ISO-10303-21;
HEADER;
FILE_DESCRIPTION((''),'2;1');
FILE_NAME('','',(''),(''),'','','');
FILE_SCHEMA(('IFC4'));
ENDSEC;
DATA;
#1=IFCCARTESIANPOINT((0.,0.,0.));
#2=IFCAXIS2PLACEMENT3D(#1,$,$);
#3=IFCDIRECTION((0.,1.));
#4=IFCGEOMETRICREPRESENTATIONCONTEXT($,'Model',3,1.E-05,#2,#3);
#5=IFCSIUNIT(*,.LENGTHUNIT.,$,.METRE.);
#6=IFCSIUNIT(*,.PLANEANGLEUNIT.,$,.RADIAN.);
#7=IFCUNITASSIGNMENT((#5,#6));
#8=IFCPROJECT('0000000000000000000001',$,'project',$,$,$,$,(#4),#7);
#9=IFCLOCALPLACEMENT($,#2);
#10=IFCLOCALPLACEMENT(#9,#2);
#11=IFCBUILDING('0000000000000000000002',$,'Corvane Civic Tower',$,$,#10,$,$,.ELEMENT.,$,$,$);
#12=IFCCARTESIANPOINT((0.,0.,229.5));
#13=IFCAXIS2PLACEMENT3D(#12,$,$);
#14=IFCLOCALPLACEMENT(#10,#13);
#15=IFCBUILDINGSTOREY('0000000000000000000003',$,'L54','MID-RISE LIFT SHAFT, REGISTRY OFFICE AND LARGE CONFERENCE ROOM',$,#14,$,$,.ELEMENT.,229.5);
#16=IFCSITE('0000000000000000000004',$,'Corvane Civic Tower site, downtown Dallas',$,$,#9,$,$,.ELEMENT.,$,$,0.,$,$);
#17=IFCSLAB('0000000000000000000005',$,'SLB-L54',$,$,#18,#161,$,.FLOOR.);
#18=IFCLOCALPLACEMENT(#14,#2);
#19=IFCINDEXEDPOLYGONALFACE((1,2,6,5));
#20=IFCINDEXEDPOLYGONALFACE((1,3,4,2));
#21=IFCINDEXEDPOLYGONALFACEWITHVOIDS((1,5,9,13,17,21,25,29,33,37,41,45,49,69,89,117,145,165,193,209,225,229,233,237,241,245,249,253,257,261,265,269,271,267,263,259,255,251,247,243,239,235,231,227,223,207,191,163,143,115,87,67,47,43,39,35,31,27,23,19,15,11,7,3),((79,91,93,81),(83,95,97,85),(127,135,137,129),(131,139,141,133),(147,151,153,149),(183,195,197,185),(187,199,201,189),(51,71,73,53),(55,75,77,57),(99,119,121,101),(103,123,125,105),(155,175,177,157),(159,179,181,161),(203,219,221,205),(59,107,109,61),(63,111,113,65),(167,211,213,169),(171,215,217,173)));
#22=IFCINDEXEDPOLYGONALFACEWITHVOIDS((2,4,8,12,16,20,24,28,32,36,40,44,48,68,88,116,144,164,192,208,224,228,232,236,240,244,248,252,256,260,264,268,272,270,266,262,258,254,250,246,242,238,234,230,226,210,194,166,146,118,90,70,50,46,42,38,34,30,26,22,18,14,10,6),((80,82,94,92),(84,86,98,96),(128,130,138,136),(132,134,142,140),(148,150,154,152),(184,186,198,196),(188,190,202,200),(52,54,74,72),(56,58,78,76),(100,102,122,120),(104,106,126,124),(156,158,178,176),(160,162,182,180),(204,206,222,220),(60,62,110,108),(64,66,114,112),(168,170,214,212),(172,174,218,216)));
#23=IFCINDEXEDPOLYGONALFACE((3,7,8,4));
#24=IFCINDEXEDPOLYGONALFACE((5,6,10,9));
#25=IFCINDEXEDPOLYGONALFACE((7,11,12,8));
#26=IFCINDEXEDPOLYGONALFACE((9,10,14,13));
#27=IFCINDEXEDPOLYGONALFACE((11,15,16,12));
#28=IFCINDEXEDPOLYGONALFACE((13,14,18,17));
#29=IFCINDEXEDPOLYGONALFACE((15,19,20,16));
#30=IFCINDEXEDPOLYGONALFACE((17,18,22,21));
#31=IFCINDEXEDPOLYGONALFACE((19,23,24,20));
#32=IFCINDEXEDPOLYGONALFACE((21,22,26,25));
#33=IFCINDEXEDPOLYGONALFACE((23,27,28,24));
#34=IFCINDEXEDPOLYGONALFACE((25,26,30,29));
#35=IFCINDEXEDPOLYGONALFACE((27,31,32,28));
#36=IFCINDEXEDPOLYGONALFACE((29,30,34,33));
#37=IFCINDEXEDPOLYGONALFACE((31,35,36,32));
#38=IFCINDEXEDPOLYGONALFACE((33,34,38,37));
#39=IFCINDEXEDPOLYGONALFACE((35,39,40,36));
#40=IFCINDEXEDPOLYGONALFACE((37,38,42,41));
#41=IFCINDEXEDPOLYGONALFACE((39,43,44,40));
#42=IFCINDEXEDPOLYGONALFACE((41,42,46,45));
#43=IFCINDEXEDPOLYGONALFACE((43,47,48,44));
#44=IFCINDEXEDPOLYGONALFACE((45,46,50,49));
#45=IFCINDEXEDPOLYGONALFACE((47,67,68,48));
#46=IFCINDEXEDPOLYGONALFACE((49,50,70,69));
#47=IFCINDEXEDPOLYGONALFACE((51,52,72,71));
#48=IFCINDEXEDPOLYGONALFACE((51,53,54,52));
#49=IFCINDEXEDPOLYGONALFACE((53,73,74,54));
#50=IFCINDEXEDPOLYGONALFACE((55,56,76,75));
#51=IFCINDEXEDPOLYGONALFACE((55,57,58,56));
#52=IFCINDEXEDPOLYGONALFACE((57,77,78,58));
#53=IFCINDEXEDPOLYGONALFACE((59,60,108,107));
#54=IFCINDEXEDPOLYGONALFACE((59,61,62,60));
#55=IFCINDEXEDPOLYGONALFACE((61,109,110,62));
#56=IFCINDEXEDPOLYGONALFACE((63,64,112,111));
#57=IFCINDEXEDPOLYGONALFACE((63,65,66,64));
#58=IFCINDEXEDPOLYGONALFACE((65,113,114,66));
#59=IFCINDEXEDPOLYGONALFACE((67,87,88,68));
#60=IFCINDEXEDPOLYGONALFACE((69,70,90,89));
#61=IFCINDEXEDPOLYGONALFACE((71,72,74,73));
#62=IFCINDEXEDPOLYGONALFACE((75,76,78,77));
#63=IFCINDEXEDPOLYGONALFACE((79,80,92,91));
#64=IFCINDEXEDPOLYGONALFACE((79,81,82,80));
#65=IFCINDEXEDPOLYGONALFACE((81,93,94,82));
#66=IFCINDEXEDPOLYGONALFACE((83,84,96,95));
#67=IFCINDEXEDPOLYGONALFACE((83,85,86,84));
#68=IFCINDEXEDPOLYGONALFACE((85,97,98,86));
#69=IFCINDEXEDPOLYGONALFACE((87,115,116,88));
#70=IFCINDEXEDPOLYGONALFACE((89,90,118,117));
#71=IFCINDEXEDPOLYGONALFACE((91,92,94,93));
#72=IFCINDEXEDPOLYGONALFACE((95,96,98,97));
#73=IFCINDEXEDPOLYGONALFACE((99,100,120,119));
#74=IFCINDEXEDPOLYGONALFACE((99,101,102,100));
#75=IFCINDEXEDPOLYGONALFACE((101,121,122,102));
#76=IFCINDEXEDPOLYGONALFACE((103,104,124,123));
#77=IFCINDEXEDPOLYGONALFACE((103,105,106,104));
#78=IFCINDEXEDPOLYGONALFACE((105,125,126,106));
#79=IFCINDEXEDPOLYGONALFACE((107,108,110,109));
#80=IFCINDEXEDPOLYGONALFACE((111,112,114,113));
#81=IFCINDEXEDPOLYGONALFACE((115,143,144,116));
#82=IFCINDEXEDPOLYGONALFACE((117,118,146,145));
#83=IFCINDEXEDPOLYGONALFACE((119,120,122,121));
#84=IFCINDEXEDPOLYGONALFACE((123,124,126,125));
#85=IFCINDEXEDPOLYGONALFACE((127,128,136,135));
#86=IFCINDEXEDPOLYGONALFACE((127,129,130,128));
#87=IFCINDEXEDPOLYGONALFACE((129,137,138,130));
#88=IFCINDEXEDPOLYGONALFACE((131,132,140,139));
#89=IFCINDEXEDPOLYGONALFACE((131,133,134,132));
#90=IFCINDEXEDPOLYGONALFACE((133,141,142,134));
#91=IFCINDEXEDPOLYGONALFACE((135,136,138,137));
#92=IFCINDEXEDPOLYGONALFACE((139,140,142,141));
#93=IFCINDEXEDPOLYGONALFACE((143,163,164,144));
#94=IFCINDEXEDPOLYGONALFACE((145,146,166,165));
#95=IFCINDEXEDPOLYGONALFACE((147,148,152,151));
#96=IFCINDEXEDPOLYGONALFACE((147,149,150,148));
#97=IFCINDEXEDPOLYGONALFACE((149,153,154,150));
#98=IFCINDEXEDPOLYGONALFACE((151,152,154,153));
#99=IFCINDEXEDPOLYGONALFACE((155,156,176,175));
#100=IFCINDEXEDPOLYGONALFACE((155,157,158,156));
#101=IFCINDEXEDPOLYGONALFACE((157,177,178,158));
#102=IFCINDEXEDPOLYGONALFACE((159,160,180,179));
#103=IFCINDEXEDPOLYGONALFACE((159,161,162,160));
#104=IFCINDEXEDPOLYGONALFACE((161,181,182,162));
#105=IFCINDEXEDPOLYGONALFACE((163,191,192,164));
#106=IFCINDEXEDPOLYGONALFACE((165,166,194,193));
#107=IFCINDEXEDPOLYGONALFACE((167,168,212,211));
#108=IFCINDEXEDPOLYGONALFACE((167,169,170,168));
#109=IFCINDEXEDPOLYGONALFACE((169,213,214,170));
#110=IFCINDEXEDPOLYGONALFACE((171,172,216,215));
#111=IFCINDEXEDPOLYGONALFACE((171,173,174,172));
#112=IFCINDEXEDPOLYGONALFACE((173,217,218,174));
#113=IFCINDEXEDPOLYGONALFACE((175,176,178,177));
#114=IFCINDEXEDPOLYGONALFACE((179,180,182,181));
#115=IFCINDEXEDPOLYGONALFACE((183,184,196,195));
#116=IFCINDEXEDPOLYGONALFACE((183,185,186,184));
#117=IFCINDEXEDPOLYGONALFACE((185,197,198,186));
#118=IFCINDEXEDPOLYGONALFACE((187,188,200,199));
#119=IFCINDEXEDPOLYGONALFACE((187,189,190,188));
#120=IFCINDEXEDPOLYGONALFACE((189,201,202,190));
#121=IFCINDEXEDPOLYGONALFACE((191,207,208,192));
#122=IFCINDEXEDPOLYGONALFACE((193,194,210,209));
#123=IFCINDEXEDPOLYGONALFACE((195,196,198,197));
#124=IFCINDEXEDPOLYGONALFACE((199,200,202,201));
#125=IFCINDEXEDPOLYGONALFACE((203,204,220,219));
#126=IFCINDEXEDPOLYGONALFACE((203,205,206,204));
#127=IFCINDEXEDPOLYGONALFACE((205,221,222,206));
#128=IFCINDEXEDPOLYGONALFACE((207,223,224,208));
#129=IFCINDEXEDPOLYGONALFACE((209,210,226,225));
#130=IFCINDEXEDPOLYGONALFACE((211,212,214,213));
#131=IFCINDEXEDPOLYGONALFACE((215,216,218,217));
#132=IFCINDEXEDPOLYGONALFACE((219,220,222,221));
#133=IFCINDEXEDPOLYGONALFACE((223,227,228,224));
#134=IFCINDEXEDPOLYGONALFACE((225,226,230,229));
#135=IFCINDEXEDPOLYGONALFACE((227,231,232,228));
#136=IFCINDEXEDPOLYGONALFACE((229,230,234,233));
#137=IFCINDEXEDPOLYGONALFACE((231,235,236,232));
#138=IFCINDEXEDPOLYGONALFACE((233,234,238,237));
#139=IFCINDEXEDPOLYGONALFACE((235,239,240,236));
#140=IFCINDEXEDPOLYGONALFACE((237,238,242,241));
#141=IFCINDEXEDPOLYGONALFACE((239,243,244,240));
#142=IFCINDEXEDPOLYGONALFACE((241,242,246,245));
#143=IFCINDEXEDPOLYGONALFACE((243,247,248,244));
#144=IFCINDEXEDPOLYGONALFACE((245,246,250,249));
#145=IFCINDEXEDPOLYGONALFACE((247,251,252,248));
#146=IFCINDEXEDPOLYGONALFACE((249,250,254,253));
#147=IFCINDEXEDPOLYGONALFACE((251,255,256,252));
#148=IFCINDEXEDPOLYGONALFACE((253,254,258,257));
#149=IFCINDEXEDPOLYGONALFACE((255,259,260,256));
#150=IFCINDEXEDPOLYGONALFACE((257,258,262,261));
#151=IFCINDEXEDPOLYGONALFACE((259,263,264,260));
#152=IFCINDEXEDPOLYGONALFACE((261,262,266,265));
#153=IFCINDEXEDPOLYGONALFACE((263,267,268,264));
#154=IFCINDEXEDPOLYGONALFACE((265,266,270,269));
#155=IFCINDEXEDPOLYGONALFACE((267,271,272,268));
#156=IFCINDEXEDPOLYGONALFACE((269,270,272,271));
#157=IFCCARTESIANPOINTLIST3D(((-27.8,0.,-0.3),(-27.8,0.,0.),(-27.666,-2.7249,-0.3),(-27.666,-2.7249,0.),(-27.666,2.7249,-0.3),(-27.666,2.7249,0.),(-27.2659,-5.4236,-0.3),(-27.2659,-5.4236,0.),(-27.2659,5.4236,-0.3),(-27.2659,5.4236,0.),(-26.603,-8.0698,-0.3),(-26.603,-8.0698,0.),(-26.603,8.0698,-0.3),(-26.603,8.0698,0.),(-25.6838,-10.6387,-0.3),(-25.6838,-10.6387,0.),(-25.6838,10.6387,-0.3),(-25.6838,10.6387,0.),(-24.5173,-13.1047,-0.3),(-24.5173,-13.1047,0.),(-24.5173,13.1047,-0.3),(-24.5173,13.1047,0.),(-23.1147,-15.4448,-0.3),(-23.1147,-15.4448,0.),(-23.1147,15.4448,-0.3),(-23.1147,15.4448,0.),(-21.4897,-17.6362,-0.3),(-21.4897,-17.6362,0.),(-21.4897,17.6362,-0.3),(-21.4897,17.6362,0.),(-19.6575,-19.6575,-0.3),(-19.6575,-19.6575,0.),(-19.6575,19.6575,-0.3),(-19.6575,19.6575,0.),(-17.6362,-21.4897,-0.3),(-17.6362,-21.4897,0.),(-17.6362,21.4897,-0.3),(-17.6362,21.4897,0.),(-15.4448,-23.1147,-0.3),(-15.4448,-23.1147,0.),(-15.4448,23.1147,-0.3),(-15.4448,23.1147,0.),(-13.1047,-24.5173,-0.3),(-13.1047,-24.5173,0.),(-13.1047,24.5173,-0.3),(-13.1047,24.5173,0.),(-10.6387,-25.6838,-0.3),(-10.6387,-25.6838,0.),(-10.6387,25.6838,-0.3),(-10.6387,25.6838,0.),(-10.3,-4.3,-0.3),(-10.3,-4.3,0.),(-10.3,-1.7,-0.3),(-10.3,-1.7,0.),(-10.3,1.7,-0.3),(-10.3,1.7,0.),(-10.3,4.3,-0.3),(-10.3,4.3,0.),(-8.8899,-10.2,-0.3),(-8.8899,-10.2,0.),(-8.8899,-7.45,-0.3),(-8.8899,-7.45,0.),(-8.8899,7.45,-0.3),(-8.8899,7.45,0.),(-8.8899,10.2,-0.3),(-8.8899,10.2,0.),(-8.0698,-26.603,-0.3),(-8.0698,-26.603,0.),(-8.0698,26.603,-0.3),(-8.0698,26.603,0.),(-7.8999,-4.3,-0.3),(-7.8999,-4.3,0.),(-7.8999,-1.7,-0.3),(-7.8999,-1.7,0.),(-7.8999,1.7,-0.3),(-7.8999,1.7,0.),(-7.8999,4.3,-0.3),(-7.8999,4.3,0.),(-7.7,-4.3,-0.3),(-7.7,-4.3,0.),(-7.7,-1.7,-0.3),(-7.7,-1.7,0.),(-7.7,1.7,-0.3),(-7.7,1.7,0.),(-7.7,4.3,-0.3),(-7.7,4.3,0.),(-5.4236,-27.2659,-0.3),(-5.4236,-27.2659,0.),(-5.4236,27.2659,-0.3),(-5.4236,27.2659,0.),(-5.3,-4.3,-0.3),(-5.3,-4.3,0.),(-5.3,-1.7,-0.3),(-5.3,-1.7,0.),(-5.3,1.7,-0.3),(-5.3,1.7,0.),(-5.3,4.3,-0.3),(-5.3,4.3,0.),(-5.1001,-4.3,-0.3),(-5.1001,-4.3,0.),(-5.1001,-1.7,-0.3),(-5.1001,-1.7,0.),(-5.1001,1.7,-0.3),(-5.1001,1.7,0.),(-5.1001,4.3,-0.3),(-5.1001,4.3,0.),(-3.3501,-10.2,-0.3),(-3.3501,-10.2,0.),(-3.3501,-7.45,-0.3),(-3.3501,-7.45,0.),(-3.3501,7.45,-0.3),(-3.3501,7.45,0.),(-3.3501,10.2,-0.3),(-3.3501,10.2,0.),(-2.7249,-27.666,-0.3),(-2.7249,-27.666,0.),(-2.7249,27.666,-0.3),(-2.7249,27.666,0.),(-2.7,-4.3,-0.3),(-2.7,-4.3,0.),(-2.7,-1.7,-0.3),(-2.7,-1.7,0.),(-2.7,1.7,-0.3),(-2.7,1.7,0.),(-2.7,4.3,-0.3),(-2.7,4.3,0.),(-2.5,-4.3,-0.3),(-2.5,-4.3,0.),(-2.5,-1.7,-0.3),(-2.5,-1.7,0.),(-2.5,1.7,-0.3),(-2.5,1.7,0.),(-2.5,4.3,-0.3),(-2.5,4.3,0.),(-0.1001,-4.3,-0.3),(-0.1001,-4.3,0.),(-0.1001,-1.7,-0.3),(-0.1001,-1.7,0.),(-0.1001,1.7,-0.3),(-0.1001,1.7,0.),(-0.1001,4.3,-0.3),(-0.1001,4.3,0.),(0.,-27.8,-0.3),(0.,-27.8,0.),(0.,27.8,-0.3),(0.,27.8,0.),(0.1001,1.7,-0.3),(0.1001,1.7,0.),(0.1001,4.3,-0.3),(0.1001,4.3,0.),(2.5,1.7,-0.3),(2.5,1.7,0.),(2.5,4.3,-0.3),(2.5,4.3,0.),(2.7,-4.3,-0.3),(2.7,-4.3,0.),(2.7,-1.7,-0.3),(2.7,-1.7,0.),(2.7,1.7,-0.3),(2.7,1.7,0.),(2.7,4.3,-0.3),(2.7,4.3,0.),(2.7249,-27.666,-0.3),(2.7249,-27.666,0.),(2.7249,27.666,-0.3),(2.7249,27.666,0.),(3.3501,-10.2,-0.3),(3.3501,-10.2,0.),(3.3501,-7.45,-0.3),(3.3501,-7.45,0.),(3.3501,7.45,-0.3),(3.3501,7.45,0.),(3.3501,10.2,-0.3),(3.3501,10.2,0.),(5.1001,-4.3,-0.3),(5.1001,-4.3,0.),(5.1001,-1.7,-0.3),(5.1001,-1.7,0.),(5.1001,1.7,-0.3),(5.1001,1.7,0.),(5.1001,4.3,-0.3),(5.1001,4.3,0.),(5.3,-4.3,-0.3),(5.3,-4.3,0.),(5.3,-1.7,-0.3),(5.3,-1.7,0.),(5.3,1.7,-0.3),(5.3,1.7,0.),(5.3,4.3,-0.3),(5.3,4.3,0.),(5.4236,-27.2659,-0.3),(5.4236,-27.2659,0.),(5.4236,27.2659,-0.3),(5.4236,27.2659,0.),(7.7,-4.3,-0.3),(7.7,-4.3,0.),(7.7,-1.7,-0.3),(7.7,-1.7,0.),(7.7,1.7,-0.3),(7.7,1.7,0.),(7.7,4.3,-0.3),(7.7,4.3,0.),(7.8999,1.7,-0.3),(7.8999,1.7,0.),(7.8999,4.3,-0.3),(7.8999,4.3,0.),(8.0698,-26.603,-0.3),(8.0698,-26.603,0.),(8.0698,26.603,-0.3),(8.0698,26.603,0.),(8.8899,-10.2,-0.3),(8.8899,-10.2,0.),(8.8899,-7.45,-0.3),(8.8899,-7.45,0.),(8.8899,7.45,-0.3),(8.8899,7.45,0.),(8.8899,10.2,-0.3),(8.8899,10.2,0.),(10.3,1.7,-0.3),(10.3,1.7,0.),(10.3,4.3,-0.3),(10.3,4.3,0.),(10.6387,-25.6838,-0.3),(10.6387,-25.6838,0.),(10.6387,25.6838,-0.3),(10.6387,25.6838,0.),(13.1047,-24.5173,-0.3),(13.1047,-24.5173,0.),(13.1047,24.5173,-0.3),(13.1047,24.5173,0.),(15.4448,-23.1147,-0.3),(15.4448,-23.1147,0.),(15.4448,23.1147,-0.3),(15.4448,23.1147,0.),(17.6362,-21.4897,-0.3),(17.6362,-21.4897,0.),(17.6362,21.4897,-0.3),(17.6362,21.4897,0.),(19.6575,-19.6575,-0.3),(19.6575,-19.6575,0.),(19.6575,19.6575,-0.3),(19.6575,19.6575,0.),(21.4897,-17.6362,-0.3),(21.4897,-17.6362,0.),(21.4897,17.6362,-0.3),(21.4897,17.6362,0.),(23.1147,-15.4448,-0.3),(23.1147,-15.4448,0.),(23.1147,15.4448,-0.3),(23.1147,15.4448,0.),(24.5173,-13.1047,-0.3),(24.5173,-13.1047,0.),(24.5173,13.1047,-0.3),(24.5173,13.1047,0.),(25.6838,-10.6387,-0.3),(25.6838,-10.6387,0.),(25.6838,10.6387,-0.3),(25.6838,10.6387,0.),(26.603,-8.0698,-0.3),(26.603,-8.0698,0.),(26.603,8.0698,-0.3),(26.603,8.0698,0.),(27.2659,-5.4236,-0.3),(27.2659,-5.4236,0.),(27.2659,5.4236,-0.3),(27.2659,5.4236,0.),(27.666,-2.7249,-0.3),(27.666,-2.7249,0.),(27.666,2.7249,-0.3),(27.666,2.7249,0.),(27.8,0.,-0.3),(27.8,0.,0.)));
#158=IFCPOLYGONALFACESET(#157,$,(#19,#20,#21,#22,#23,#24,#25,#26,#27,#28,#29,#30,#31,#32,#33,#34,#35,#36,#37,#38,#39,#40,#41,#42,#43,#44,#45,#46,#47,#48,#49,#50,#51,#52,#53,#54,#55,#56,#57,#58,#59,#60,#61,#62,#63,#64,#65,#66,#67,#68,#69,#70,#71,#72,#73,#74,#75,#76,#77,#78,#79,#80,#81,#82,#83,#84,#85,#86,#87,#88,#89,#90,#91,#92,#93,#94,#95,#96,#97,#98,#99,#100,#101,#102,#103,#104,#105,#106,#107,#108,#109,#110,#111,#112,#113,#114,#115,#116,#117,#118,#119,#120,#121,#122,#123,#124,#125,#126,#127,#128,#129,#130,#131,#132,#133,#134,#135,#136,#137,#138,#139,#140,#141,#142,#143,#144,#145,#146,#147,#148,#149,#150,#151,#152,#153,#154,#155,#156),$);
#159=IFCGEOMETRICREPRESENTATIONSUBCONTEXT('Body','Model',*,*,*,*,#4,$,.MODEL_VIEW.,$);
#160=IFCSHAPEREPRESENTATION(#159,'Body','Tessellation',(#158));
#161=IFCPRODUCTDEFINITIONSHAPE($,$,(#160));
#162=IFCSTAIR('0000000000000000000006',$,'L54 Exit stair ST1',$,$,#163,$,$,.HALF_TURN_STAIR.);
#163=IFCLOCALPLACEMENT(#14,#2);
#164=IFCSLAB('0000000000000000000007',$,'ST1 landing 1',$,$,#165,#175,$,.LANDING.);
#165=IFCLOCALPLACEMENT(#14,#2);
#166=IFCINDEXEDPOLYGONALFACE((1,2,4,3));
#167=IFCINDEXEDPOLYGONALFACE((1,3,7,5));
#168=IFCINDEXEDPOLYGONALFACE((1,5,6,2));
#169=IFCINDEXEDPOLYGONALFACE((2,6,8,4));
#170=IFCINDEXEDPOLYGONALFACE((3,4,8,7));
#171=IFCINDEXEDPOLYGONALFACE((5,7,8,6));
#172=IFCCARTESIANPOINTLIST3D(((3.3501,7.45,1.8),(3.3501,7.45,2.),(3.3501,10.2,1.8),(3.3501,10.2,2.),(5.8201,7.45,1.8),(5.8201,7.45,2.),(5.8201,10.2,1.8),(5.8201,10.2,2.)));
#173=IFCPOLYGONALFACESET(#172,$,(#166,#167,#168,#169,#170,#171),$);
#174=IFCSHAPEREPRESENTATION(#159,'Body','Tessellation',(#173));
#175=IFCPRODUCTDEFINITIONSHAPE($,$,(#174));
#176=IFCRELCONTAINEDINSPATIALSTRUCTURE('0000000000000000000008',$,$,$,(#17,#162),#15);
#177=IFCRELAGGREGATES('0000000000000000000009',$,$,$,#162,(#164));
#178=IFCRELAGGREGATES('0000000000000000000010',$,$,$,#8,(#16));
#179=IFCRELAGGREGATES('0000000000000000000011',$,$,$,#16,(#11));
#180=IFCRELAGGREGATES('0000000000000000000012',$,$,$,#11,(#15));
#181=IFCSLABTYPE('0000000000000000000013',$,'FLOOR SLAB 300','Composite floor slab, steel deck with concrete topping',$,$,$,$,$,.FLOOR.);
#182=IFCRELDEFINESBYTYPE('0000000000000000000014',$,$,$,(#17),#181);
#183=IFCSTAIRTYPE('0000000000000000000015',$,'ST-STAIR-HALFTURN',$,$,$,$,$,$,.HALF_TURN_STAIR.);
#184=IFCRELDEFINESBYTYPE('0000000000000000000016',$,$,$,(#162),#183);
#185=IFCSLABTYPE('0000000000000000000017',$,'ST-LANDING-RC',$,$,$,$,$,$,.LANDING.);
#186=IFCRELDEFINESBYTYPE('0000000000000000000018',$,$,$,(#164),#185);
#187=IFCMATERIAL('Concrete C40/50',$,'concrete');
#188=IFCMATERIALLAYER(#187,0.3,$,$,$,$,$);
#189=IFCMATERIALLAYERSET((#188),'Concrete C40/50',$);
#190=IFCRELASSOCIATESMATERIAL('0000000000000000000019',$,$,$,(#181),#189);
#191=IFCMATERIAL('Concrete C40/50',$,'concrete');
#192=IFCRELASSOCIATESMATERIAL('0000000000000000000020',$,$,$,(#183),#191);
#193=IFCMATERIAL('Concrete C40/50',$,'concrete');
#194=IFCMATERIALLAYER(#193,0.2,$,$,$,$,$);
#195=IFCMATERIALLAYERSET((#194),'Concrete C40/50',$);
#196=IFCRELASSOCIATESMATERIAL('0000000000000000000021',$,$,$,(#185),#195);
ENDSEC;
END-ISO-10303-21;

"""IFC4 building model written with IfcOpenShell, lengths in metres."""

from ifc_helpers import new_model, si_unit, direction, frame, origin, place, context, subcontext, project, spatial, polyline, outline, extrude, material, layer, layer_set, type_object, element, aggregate, save


model = new_model("IFC4")

# Units and contexts
model_context = context("Model", 3, precision=1e-05, world=origin(), true_north=direction((0.0, 1.0)))
body_context = subcontext(model_context, "Body", "Model", "MODEL_VIEW")
ifc_project = project(units=[si_unit("LENGTHUNIT", "METRE"), si_unit("PLANEANGLEUNIT", "RADIAN")], contexts=[model_context])

# Site, building, storey
site_placement = place(None, origin())
site = spatial("IfcSite", under=ifc_project, at=site_placement, Name="Corvane Civic Tower site, downtown Dallas", CompositionType="ELEMENT", RefElevation=0.0)
building_placement = place(site_placement, origin())
building = spatial("IfcBuilding", under=site, at=building_placement, Name="Corvane Civic Tower", CompositionType="ELEMENT")
storey_placement = place(building_placement, frame((0.0, 0.0, 229.5)))
storey = spatial("IfcBuildingStorey", under=building, at=storey_placement, Name="L54", Description="MID-RISE LIFT SHAFT, REGISTRY OFFICE AND LARGE CONFERENCE ROOM", CompositionType="ELEMENT", Elevation=229.5)

# Slab
ifc_material_1 = material(Name="Concrete C40/50", Category="concrete")
ifc_layer_1 = layer(ifc_material_1, 0.3)
ifc_layer_set_1 = layer_set([ifc_layer_1], Name="Concrete C40/50")
slab_type_1 = type_object("IfcSlabType", Name="FLOOR SLAB 300", Description="Composite floor slab, steel deck with concrete topping", PredefinedType="FLOOR", material=ifc_layer_set_1)
slab_1_placement = place(storey_placement, frame((0.0, 0.0, -0.3)))
element("IfcSlab", 1, at=slab_1_placement, inside=storey, type_object=slab_type_1, Name="SLB-L54", PredefinedType="FLOOR", context=body_context, shape_type="SweptSolid", body=[
    extrude(outline(polyline([(0.0, 27.8), (-2.7249, 27.666), (-5.4236, 27.2659), (-8.0698, 26.603), (-10.6387, 25.6838), (-13.1047, 24.5173), (-15.4448, 23.1147), (-17.6362, 21.4897), (-19.6575, 19.6575), (-21.4897, 17.6362), (-23.1147, 15.4448), (-24.5173, 13.1047), (-25.6838, 10.6387), (-26.603, 8.0698), (-27.2659, 5.4236), (-27.666, 2.7249), (-27.8, 0.0), (-27.666, -2.7249), (-27.2659, -5.4236), (-26.603, -8.0698), (-25.6838, -10.6387), (-24.5173, -13.1047), (-23.1147, -15.4448), (-21.4897, -17.6362), (-19.6575, -19.6575), (-17.6362, -21.4897), (-15.4448, -23.1147), (-13.1047, -24.5173), (-10.6387, -25.6838), (-8.0698, -26.603), (-5.4236, -27.2659), (-2.7249, -27.666), (0.0, -27.8), (2.7249, -27.666), (5.4236, -27.2659), (8.0698, -26.603), (10.6387, -25.6838), (13.1047, -24.5173), (15.4448, -23.1147), (17.6362, -21.4897), (19.6575, -19.6575), (21.4897, -17.6362), (23.1147, -15.4448), (24.5173, -13.1047), (25.6838, -10.6387), (26.603, -8.0698), (27.2659, -5.4236), (27.666, -2.7249), (27.8, 0.0), (27.666, 2.7249), (27.2659, 5.4236), (26.603, 8.0698), (25.6838, 10.6387), (24.5173, 13.1047), (23.1147, 15.4448), (21.4897, 17.6362), (19.6575, 19.6575), (17.6362, 21.4897), (15.4448, 23.1147), (13.1047, 24.5173), (10.6387, 25.6838), (8.0698, 26.603), (5.4236, 27.2659), (2.7249, 27.666), (0.0, 27.8)]), holes=[polyline([(-10.3, 4.3), (-7.8999, 4.3), (-7.8999, 1.7), (-10.3, 1.7), (-10.3, 4.3)]), polyline([(-5.3, 1.7), (-7.7, 1.7), (-7.7, 4.3), (-5.3, 4.3), (-5.3, 1.7)]), polyline([(-5.1001, 4.3), (-2.7, 4.3), (-2.7, 1.7), (-5.1001, 1.7), (-5.1001, 4.3)]), polyline([(-0.1001, 4.3), (-0.1001, 1.7), (-2.5, 1.7), (-2.5, 4.3), (-0.1001, 4.3)]), polyline([(2.5, 4.3), (2.5, 1.7), (0.1001, 1.7), (0.1001, 4.3), (2.5, 4.3)]), polyline([(2.7, 4.3), (5.1001, 4.3), (5.1001, 1.7), (2.7, 1.7), (2.7, 4.3)]), polyline([(5.3, 4.3), (7.7, 4.3), (7.7, 1.7), (5.3, 1.7), (5.3, 4.3)]), polyline([(7.8999, 4.3), (10.3, 4.3), (10.3, 1.7), (7.8999, 1.7), (7.8999, 4.3)]), polyline([(-10.3, -4.3), (-10.3, -1.7), (-7.8999, -1.7), (-7.8999, -4.3), (-10.3, -4.3)]), polyline([(-5.3, -1.7), (-5.3, -4.3), (-7.7, -4.3), (-7.7, -1.7), (-5.3, -1.7)]), polyline([(-5.1001, -4.3), (-5.1001, -1.7), (-2.7, -1.7), (-2.7, -4.3), (-5.1001, -4.3)]), polyline([(-0.1001, -1.7), (-0.1001, -4.3), (-2.5, -4.3), (-2.5, -1.7), (-0.1001, -1.7)]), polyline([(5.1001, -1.7), (5.1001, -4.3), (2.7, -4.3), (2.7, -1.7), (5.1001, -1.7)]), polyline([(7.7, -1.7), (7.7, -4.3), (5.3, -4.3), (5.3, -1.7), (7.7, -1.7)]), polyline([(8.8899, 10.2), (8.8899, 7.45), (3.3501, 7.45), (3.3501, 10.2), (8.8899, 10.2)]), polyline([(-8.8899, 7.45), (-8.8899, 10.2), (-3.3501, 10.2), (-3.3501, 7.45), (-8.8899, 7.45)]), polyline([(8.8899, -7.45), (8.8899, -10.2), (3.3501, -10.2), (3.3501, -7.45), (8.8899, -7.45)]), polyline([(-8.8899, -10.2), (-8.8899, -7.45), (-3.3501, -7.45), (-3.3501, -10.2), (-8.8899, -10.2)])]), origin(), (0.0, 0.0, 1.0), 0.3),
])

# Stair, slab
ifc_material_2 = material(Name="Concrete C40/50", Category="concrete")
stair_type = type_object("IfcStairType", Name="ST-STAIR-HALFTURN", PredefinedType="HALF_TURN_STAIR", material=ifc_material_2)
stair_1_placement = place(storey_placement, origin())
stair_1 = element("IfcStair", 2, at=stair_1_placement, inside=storey, type_object=stair_type, Name="L54 Exit stair ST1", PredefinedType="HALF_TURN_STAIR")
ifc_material_3 = material(Name="Concrete C40/50", Category="concrete")
ifc_layer_2 = layer(ifc_material_3, 0.2)
ifc_layer_set_2 = layer_set([ifc_layer_2], Name="Concrete C40/50")
slab_type_2 = type_object("IfcSlabType", Name="ST-LANDING-RC", PredefinedType="LANDING", material=ifc_layer_set_2)
slab_2_placement = place(storey_placement, frame((0.0, 0.0, 1.8)))
slab_2 = element("IfcSlab", 3, at=slab_2_placement, type_object=slab_type_2, Name="ST1 landing 1", PredefinedType="LANDING", context=body_context, shape_type="SweptSolid", body=[
    extrude(outline(polyline([(5.8201, 10.2), (3.3501, 10.2), (3.3501, 7.45), (5.8201, 7.45), (5.8201, 10.2)])), origin(), (0.0, 0.0, 1.0), 0.2),
])
aggregate(stair_1, [slab_2])

save(model, "model.ifc")
